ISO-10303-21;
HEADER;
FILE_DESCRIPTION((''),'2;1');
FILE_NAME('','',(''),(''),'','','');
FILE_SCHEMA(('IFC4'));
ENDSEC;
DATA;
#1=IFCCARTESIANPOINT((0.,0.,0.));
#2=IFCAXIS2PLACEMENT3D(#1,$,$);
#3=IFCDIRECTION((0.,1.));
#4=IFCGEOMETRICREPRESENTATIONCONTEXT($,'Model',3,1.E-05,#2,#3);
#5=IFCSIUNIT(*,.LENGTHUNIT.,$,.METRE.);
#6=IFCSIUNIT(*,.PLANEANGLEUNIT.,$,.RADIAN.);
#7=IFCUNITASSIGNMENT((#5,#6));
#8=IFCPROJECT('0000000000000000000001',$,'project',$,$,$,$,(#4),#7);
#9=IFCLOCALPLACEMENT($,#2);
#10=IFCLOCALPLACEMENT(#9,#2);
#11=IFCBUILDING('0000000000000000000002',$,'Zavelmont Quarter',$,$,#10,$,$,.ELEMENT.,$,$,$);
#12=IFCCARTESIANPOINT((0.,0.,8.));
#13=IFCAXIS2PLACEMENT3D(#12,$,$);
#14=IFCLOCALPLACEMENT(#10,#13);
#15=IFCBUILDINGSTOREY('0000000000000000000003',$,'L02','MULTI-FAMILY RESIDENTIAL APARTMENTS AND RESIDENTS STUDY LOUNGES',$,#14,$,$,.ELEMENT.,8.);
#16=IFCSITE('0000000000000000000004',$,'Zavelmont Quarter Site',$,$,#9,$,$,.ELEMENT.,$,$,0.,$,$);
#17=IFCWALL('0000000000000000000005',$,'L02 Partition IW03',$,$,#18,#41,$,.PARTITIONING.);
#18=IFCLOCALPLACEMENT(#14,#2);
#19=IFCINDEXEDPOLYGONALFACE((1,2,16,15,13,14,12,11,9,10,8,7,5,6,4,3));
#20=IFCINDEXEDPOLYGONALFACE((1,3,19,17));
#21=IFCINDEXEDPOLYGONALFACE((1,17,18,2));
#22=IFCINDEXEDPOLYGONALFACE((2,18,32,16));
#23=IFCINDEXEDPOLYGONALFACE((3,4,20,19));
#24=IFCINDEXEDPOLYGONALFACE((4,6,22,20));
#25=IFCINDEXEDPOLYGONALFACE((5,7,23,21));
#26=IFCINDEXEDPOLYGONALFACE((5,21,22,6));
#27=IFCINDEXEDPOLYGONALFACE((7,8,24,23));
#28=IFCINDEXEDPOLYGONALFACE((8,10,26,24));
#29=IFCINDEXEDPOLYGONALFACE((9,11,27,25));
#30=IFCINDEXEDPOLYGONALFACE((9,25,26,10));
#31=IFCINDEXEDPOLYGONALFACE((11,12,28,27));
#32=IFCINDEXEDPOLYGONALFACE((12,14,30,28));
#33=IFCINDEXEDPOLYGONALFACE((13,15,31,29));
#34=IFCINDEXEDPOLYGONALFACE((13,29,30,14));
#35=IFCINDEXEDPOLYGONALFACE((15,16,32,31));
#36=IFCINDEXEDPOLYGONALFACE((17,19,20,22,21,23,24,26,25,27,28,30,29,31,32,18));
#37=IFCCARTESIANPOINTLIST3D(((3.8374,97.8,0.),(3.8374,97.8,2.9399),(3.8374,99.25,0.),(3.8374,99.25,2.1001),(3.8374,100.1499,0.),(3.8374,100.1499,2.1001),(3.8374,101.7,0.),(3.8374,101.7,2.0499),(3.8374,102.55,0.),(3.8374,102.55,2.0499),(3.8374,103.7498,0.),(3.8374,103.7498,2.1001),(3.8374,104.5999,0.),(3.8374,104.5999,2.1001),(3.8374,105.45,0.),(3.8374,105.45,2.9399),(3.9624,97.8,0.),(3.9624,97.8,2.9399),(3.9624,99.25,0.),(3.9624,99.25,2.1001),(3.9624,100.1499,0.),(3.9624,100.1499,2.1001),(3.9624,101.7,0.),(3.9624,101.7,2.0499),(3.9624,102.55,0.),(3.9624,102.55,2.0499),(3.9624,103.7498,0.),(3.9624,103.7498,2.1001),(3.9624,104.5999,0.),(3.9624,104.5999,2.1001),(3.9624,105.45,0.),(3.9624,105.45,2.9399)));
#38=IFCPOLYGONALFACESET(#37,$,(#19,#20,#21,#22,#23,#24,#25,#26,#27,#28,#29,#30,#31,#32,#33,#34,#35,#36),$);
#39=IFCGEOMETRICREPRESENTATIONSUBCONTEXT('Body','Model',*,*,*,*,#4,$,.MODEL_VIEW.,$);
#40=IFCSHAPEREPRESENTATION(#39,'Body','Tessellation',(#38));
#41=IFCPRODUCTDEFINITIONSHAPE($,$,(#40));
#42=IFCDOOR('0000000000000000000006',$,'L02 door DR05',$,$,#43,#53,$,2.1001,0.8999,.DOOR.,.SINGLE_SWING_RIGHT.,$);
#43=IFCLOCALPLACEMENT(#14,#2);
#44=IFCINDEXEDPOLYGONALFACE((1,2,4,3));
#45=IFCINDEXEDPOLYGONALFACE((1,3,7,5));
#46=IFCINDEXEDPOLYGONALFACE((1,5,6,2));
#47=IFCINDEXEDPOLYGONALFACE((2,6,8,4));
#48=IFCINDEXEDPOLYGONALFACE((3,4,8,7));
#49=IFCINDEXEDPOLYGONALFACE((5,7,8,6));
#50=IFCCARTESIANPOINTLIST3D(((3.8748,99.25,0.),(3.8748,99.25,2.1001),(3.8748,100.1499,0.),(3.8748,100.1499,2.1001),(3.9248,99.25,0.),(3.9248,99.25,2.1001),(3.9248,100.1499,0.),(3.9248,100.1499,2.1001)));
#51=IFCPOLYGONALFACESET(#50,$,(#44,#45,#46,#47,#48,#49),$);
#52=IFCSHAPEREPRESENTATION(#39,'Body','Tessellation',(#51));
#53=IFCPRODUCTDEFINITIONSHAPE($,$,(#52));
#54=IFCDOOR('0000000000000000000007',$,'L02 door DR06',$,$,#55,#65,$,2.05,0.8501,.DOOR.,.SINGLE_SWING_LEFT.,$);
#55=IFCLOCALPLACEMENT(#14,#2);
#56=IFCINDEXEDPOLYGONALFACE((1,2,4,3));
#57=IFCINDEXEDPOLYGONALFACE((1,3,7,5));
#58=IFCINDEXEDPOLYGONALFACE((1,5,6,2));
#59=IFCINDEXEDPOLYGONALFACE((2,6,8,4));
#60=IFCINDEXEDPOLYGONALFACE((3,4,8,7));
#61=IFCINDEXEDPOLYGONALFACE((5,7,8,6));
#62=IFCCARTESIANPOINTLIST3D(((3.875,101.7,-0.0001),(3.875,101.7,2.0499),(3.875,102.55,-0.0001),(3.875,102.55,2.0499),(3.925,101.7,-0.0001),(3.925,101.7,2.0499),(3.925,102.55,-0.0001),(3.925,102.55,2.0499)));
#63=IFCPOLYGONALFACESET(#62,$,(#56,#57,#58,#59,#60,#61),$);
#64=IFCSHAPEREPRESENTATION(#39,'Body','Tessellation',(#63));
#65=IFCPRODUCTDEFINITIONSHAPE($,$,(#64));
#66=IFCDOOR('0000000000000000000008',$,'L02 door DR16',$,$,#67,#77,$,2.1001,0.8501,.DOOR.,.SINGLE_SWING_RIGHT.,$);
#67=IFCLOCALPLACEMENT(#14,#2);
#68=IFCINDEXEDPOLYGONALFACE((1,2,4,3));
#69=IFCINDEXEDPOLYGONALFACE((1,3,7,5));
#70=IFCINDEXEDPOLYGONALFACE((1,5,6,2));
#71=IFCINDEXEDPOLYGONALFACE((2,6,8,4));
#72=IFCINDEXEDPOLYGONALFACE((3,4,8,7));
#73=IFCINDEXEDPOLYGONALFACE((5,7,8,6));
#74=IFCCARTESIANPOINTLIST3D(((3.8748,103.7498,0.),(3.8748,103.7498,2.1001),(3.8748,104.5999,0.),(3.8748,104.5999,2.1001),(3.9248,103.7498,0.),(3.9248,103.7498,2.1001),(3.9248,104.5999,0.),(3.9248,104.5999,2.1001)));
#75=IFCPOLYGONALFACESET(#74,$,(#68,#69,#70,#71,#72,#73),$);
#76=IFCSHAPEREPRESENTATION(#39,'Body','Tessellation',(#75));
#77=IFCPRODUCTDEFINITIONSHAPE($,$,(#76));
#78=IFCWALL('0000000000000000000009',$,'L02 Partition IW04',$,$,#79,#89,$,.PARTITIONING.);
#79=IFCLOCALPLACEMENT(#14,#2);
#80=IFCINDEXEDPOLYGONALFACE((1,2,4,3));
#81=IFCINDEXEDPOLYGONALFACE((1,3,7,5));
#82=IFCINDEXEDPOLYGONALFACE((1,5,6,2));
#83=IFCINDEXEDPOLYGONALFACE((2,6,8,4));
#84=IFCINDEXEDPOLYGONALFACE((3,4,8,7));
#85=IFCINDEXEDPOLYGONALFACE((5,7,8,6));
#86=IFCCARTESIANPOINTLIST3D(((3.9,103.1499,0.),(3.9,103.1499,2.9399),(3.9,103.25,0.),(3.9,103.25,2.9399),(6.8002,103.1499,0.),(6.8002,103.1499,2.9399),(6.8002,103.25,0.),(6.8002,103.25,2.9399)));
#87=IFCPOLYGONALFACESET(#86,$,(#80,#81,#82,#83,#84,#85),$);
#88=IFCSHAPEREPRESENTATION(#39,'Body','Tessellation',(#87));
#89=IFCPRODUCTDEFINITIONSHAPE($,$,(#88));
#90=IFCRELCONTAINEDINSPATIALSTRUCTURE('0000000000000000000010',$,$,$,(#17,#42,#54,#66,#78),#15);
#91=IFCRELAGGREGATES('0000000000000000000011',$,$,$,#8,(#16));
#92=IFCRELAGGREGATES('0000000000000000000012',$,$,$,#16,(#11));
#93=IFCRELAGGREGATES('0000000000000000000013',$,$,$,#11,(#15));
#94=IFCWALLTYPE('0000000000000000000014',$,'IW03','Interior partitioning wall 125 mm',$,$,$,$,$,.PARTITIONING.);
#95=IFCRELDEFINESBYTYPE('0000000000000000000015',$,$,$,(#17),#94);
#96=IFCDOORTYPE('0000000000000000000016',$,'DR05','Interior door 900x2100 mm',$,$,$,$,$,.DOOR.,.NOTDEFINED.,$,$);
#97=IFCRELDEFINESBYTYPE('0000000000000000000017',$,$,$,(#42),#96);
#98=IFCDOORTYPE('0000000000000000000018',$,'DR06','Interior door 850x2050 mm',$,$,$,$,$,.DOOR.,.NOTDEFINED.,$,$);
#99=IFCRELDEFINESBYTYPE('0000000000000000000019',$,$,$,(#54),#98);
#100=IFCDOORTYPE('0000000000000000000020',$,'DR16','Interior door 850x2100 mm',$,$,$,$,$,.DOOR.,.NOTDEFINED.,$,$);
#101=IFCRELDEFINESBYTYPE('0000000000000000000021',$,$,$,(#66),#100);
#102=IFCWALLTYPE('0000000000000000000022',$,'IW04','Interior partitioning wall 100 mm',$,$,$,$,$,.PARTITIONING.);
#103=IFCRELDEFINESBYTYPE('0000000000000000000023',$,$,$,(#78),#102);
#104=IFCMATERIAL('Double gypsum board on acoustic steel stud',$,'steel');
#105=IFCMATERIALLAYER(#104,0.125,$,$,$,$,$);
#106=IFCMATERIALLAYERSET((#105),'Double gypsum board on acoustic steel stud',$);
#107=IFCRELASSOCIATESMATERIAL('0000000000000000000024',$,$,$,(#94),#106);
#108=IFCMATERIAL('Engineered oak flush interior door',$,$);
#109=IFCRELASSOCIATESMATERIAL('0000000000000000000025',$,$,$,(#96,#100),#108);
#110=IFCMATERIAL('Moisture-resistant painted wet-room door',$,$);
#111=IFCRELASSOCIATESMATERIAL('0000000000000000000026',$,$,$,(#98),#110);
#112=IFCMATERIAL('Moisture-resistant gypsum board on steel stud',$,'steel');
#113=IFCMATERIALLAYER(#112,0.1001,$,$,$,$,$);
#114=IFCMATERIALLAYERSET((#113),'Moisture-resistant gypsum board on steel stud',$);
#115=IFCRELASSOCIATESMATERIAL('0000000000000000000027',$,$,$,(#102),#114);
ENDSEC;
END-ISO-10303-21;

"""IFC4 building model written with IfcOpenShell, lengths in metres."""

from ifc_helpers import new_model, si_unit, direction, frame, frame_2d, origin, origin_with_axes, place, context, subcontext, project, spatial, rectangle, extrude, material, layer, layer_set, type_object, element, fill, save


model = new_model("IFC4")

# Units and contexts
model_context = context("Model", 3, precision=1e-05, world=origin(), true_north=direction((0.0, 1.0)))
body_context = subcontext(model_context, "Body", "Model", "MODEL_VIEW")
ifc_project = project(units=[si_unit("LENGTHUNIT", "METRE"), si_unit("PLANEANGLEUNIT", "RADIAN")], contexts=[model_context])

# Site, building, storey
site_placement = place(None, origin())
site = spatial("IfcSite", under=ifc_project, at=site_placement, Name="Zavelmont Quarter Site", CompositionType="ELEMENT", RefElevation=0.0)
building_placement = place(site_placement, origin())
building = spatial("IfcBuilding", under=site, at=building_placement, Name="Zavelmont Quarter", CompositionType="ELEMENT")
storey_placement = place(building_placement, frame((0.0, 0.0, 8.0)))
storey = spatial("IfcBuildingStorey", under=building, at=storey_placement, Name="L02", Description="MULTI-FAMILY RESIDENTIAL APARTMENTS AND RESIDENTS STUDY LOUNGES", CompositionType="ELEMENT", Elevation=8.0)

# Wall, openings, doors
ifc_material_1 = material(Name="Double gypsum board on acoustic steel stud", Category="steel")
ifc_layer_1 = layer(ifc_material_1, 0.125)
ifc_layer_set_1 = layer_set([ifc_layer_1], Name="Double gypsum board on acoustic steel stud")
wall_type_1 = type_object("IfcWallType", Name="IW03", Description="Interior partitioning wall 125 mm", PredefinedType="PARTITIONING", material=ifc_layer_set_1)
wall_1_placement = place(storey_placement, frame((3.8999, 105.45, 0.0), z_axis=(0.0, 0.0, 1.0), x_axis=(0.0, -1.0, 0.0)))
wall_1 = element("IfcWall", 1, at=wall_1_placement, inside=storey, type_object=wall_type_1, Name="L02 Partition IW03", PredefinedType="PARTITIONING", context=body_context, shape_type="SweptSolid", body=[
    extrude(rectangle(XDim=7.6499, YDim=0.125, at=frame_2d((3.825, 0.0))), origin(), (0.0, 0.0, 1.0), 2.9399),
])
opening_1_placement = place(wall_1_placement, frame((0.8501, 0.0, 0.0)))
opening_1 = element("IfcOpeningElement", 2, at=opening_1_placement, cuts=wall_1, PredefinedType="OPENING", context=body_context, shape_type="SweptSolid", body=[
    extrude(rectangle(XDim=0.8501, YDim=2.1001, at=frame_2d((0.425, 1.05))), frame((0.0, 0.0745, 0.0), z_axis=(0.0, -1.0, 0.0), x_axis=(1.0, 0.0, 0.0)), (0.0, 0.0, 1.0), 0.1489),
])
opening_2_placement = place(wall_1_placement, frame((2.8999, 0.0, 0.0)))
opening_2 = element("IfcOpeningElement", 3, at=opening_2_placement, cuts=wall_1, PredefinedType="OPENING", context=body_context, shape_type="SweptSolid", body=[
    extrude(rectangle(XDim=0.8501, YDim=2.05, at=frame_2d((0.425, 1.0249))), frame((0.0, 0.0745, 0.0), z_axis=(0.0, -1.0, 0.0), x_axis=(1.0, 0.0, 0.0)), (0.0, 0.0, 1.0), 0.1489),
])
opening_3_placement = place(wall_1_placement, frame((5.3, 0.0, 0.0)))
opening_3 = element("IfcOpeningElement", 4, at=opening_3_placement, cuts=wall_1, PredefinedType="OPENING", context=body_context, shape_type="SweptSolid", body=[
    extrude(rectangle(XDim=0.8999, YDim=2.1001, at=frame_2d((0.45, 1.05))), frame((0.0, 0.0745, 0.0), z_axis=(0.0, -1.0, 0.0), x_axis=(1.0, 0.0, 0.0)), (0.0, 0.0, 1.0), 0.1489),
])
ifc_material_2 = material(Name="Engineered oak flush interior door")
door_type_1 = type_object("IfcDoorType", Name="DR05", Description="Interior door 900x2100 mm", OperationType="NOTDEFINED", PredefinedType="DOOR", material=ifc_material_2)
door_1_placement = place(opening_3_placement, origin_with_axes())
door_1 = element("IfcDoor", 5, at=door_1_placement, inside=storey, type_object=door_type_1, Name="L02 door DR05", OperationType="SINGLE_SWING_RIGHT", OverallHeight=2.1001, OverallWidth=0.8999, PredefinedType="DOOR", context=body_context, shape_type="SweptSolid", body=[
    extrude(rectangle(XDim=0.8999, YDim=2.1001, at=frame_2d((0.45, 1.05))), frame((0.0, 0.0249, 0.0), z_axis=(0.0, -1.0, 0.0), x_axis=(1.0, 0.0, 0.0)), (0.0, 0.0, 1.0), 0.05),
])
fill(opening_3, door_1)
ifc_material_3 = material(Name="Moisture-resistant painted wet-room door")
door_type_2 = type_object("IfcDoorType", Name="DR06", Description="Interior door 850x2050 mm", OperationType="NOTDEFINED", PredefinedType="DOOR", material=ifc_material_3)
door_2_placement = place(opening_2_placement, frame((0.8501, 0.0, 0.0), z_axis=(0.0, 0.0, 1.0), x_axis=(-1.0, 0.0, 0.0)))
door_2 = element("IfcDoor", 6, at=door_2_placement, inside=storey, type_object=door_type_2, Name="L02 door DR06", OperationType="SINGLE_SWING_LEFT", OverallHeight=2.05, OverallWidth=0.8501, PredefinedType="DOOR", context=body_context, shape_type="SweptSolid", body=[
    extrude(rectangle(XDim=0.8501, YDim=2.05, at=frame_2d((0.425, 1.0249))), frame((0.0, 0.0249, 0.0), z_axis=(0.0, -1.0, 0.0), x_axis=(1.0, 0.0, 0.0)), (0.0, 0.0, 1.0), 0.05),
])
fill(opening_2, door_2)
door_type_3 = type_object("IfcDoorType", Name="DR16", Description="Interior door 850x2100 mm", OperationType="NOTDEFINED", PredefinedType="DOOR", material=ifc_material_2)
door_3_placement = place(opening_1_placement, origin_with_axes())
door_3 = element("IfcDoor", 7, at=door_3_placement, inside=storey, type_object=door_type_3, Name="L02 door DR16", OperationType="SINGLE_SWING_RIGHT", OverallHeight=2.1001, OverallWidth=0.8501, PredefinedType="DOOR", context=body_context, shape_type="SweptSolid", body=[
    extrude(rectangle(XDim=0.8501, YDim=2.1001, at=frame_2d((0.425, 1.05))), frame((0.0, 0.0249, 0.0), z_axis=(0.0, -1.0, 0.0), x_axis=(1.0, 0.0, 0.0)), (0.0, 0.0, 1.0), 0.05),
])
fill(opening_1, door_3)

# Wall
ifc_material_4 = material(Name="Moisture-resistant gypsum board on steel stud", Category="steel")
ifc_layer_2 = layer(ifc_material_4, 0.1001)
ifc_layer_set_2 = layer_set([ifc_layer_2], Name="Moisture-resistant gypsum board on steel stud")
wall_type_2 = type_object("IfcWallType", Name="IW04", Description="Interior partitioning wall 100 mm", PredefinedType="PARTITIONING", material=ifc_layer_set_2)
wall_2_placement = place(storey_placement, frame((3.8999, 103.2, 0.0), z_axis=(0.0, 0.0, 1.0), x_axis=(1.0, 0.0, 0.0)))
element("IfcWall", 8, at=wall_2_placement, inside=storey, type_object=wall_type_2, Name="L02 Partition IW04", PredefinedType="PARTITIONING", context=body_context, shape_type="SweptSolid", body=[
    extrude(rectangle(XDim=2.9001, YDim=0.1001, at=frame_2d((1.4502, 0.0))), origin(), (0.0, 0.0, 1.0), 2.9399),
])

save(model, "model.ifc")
